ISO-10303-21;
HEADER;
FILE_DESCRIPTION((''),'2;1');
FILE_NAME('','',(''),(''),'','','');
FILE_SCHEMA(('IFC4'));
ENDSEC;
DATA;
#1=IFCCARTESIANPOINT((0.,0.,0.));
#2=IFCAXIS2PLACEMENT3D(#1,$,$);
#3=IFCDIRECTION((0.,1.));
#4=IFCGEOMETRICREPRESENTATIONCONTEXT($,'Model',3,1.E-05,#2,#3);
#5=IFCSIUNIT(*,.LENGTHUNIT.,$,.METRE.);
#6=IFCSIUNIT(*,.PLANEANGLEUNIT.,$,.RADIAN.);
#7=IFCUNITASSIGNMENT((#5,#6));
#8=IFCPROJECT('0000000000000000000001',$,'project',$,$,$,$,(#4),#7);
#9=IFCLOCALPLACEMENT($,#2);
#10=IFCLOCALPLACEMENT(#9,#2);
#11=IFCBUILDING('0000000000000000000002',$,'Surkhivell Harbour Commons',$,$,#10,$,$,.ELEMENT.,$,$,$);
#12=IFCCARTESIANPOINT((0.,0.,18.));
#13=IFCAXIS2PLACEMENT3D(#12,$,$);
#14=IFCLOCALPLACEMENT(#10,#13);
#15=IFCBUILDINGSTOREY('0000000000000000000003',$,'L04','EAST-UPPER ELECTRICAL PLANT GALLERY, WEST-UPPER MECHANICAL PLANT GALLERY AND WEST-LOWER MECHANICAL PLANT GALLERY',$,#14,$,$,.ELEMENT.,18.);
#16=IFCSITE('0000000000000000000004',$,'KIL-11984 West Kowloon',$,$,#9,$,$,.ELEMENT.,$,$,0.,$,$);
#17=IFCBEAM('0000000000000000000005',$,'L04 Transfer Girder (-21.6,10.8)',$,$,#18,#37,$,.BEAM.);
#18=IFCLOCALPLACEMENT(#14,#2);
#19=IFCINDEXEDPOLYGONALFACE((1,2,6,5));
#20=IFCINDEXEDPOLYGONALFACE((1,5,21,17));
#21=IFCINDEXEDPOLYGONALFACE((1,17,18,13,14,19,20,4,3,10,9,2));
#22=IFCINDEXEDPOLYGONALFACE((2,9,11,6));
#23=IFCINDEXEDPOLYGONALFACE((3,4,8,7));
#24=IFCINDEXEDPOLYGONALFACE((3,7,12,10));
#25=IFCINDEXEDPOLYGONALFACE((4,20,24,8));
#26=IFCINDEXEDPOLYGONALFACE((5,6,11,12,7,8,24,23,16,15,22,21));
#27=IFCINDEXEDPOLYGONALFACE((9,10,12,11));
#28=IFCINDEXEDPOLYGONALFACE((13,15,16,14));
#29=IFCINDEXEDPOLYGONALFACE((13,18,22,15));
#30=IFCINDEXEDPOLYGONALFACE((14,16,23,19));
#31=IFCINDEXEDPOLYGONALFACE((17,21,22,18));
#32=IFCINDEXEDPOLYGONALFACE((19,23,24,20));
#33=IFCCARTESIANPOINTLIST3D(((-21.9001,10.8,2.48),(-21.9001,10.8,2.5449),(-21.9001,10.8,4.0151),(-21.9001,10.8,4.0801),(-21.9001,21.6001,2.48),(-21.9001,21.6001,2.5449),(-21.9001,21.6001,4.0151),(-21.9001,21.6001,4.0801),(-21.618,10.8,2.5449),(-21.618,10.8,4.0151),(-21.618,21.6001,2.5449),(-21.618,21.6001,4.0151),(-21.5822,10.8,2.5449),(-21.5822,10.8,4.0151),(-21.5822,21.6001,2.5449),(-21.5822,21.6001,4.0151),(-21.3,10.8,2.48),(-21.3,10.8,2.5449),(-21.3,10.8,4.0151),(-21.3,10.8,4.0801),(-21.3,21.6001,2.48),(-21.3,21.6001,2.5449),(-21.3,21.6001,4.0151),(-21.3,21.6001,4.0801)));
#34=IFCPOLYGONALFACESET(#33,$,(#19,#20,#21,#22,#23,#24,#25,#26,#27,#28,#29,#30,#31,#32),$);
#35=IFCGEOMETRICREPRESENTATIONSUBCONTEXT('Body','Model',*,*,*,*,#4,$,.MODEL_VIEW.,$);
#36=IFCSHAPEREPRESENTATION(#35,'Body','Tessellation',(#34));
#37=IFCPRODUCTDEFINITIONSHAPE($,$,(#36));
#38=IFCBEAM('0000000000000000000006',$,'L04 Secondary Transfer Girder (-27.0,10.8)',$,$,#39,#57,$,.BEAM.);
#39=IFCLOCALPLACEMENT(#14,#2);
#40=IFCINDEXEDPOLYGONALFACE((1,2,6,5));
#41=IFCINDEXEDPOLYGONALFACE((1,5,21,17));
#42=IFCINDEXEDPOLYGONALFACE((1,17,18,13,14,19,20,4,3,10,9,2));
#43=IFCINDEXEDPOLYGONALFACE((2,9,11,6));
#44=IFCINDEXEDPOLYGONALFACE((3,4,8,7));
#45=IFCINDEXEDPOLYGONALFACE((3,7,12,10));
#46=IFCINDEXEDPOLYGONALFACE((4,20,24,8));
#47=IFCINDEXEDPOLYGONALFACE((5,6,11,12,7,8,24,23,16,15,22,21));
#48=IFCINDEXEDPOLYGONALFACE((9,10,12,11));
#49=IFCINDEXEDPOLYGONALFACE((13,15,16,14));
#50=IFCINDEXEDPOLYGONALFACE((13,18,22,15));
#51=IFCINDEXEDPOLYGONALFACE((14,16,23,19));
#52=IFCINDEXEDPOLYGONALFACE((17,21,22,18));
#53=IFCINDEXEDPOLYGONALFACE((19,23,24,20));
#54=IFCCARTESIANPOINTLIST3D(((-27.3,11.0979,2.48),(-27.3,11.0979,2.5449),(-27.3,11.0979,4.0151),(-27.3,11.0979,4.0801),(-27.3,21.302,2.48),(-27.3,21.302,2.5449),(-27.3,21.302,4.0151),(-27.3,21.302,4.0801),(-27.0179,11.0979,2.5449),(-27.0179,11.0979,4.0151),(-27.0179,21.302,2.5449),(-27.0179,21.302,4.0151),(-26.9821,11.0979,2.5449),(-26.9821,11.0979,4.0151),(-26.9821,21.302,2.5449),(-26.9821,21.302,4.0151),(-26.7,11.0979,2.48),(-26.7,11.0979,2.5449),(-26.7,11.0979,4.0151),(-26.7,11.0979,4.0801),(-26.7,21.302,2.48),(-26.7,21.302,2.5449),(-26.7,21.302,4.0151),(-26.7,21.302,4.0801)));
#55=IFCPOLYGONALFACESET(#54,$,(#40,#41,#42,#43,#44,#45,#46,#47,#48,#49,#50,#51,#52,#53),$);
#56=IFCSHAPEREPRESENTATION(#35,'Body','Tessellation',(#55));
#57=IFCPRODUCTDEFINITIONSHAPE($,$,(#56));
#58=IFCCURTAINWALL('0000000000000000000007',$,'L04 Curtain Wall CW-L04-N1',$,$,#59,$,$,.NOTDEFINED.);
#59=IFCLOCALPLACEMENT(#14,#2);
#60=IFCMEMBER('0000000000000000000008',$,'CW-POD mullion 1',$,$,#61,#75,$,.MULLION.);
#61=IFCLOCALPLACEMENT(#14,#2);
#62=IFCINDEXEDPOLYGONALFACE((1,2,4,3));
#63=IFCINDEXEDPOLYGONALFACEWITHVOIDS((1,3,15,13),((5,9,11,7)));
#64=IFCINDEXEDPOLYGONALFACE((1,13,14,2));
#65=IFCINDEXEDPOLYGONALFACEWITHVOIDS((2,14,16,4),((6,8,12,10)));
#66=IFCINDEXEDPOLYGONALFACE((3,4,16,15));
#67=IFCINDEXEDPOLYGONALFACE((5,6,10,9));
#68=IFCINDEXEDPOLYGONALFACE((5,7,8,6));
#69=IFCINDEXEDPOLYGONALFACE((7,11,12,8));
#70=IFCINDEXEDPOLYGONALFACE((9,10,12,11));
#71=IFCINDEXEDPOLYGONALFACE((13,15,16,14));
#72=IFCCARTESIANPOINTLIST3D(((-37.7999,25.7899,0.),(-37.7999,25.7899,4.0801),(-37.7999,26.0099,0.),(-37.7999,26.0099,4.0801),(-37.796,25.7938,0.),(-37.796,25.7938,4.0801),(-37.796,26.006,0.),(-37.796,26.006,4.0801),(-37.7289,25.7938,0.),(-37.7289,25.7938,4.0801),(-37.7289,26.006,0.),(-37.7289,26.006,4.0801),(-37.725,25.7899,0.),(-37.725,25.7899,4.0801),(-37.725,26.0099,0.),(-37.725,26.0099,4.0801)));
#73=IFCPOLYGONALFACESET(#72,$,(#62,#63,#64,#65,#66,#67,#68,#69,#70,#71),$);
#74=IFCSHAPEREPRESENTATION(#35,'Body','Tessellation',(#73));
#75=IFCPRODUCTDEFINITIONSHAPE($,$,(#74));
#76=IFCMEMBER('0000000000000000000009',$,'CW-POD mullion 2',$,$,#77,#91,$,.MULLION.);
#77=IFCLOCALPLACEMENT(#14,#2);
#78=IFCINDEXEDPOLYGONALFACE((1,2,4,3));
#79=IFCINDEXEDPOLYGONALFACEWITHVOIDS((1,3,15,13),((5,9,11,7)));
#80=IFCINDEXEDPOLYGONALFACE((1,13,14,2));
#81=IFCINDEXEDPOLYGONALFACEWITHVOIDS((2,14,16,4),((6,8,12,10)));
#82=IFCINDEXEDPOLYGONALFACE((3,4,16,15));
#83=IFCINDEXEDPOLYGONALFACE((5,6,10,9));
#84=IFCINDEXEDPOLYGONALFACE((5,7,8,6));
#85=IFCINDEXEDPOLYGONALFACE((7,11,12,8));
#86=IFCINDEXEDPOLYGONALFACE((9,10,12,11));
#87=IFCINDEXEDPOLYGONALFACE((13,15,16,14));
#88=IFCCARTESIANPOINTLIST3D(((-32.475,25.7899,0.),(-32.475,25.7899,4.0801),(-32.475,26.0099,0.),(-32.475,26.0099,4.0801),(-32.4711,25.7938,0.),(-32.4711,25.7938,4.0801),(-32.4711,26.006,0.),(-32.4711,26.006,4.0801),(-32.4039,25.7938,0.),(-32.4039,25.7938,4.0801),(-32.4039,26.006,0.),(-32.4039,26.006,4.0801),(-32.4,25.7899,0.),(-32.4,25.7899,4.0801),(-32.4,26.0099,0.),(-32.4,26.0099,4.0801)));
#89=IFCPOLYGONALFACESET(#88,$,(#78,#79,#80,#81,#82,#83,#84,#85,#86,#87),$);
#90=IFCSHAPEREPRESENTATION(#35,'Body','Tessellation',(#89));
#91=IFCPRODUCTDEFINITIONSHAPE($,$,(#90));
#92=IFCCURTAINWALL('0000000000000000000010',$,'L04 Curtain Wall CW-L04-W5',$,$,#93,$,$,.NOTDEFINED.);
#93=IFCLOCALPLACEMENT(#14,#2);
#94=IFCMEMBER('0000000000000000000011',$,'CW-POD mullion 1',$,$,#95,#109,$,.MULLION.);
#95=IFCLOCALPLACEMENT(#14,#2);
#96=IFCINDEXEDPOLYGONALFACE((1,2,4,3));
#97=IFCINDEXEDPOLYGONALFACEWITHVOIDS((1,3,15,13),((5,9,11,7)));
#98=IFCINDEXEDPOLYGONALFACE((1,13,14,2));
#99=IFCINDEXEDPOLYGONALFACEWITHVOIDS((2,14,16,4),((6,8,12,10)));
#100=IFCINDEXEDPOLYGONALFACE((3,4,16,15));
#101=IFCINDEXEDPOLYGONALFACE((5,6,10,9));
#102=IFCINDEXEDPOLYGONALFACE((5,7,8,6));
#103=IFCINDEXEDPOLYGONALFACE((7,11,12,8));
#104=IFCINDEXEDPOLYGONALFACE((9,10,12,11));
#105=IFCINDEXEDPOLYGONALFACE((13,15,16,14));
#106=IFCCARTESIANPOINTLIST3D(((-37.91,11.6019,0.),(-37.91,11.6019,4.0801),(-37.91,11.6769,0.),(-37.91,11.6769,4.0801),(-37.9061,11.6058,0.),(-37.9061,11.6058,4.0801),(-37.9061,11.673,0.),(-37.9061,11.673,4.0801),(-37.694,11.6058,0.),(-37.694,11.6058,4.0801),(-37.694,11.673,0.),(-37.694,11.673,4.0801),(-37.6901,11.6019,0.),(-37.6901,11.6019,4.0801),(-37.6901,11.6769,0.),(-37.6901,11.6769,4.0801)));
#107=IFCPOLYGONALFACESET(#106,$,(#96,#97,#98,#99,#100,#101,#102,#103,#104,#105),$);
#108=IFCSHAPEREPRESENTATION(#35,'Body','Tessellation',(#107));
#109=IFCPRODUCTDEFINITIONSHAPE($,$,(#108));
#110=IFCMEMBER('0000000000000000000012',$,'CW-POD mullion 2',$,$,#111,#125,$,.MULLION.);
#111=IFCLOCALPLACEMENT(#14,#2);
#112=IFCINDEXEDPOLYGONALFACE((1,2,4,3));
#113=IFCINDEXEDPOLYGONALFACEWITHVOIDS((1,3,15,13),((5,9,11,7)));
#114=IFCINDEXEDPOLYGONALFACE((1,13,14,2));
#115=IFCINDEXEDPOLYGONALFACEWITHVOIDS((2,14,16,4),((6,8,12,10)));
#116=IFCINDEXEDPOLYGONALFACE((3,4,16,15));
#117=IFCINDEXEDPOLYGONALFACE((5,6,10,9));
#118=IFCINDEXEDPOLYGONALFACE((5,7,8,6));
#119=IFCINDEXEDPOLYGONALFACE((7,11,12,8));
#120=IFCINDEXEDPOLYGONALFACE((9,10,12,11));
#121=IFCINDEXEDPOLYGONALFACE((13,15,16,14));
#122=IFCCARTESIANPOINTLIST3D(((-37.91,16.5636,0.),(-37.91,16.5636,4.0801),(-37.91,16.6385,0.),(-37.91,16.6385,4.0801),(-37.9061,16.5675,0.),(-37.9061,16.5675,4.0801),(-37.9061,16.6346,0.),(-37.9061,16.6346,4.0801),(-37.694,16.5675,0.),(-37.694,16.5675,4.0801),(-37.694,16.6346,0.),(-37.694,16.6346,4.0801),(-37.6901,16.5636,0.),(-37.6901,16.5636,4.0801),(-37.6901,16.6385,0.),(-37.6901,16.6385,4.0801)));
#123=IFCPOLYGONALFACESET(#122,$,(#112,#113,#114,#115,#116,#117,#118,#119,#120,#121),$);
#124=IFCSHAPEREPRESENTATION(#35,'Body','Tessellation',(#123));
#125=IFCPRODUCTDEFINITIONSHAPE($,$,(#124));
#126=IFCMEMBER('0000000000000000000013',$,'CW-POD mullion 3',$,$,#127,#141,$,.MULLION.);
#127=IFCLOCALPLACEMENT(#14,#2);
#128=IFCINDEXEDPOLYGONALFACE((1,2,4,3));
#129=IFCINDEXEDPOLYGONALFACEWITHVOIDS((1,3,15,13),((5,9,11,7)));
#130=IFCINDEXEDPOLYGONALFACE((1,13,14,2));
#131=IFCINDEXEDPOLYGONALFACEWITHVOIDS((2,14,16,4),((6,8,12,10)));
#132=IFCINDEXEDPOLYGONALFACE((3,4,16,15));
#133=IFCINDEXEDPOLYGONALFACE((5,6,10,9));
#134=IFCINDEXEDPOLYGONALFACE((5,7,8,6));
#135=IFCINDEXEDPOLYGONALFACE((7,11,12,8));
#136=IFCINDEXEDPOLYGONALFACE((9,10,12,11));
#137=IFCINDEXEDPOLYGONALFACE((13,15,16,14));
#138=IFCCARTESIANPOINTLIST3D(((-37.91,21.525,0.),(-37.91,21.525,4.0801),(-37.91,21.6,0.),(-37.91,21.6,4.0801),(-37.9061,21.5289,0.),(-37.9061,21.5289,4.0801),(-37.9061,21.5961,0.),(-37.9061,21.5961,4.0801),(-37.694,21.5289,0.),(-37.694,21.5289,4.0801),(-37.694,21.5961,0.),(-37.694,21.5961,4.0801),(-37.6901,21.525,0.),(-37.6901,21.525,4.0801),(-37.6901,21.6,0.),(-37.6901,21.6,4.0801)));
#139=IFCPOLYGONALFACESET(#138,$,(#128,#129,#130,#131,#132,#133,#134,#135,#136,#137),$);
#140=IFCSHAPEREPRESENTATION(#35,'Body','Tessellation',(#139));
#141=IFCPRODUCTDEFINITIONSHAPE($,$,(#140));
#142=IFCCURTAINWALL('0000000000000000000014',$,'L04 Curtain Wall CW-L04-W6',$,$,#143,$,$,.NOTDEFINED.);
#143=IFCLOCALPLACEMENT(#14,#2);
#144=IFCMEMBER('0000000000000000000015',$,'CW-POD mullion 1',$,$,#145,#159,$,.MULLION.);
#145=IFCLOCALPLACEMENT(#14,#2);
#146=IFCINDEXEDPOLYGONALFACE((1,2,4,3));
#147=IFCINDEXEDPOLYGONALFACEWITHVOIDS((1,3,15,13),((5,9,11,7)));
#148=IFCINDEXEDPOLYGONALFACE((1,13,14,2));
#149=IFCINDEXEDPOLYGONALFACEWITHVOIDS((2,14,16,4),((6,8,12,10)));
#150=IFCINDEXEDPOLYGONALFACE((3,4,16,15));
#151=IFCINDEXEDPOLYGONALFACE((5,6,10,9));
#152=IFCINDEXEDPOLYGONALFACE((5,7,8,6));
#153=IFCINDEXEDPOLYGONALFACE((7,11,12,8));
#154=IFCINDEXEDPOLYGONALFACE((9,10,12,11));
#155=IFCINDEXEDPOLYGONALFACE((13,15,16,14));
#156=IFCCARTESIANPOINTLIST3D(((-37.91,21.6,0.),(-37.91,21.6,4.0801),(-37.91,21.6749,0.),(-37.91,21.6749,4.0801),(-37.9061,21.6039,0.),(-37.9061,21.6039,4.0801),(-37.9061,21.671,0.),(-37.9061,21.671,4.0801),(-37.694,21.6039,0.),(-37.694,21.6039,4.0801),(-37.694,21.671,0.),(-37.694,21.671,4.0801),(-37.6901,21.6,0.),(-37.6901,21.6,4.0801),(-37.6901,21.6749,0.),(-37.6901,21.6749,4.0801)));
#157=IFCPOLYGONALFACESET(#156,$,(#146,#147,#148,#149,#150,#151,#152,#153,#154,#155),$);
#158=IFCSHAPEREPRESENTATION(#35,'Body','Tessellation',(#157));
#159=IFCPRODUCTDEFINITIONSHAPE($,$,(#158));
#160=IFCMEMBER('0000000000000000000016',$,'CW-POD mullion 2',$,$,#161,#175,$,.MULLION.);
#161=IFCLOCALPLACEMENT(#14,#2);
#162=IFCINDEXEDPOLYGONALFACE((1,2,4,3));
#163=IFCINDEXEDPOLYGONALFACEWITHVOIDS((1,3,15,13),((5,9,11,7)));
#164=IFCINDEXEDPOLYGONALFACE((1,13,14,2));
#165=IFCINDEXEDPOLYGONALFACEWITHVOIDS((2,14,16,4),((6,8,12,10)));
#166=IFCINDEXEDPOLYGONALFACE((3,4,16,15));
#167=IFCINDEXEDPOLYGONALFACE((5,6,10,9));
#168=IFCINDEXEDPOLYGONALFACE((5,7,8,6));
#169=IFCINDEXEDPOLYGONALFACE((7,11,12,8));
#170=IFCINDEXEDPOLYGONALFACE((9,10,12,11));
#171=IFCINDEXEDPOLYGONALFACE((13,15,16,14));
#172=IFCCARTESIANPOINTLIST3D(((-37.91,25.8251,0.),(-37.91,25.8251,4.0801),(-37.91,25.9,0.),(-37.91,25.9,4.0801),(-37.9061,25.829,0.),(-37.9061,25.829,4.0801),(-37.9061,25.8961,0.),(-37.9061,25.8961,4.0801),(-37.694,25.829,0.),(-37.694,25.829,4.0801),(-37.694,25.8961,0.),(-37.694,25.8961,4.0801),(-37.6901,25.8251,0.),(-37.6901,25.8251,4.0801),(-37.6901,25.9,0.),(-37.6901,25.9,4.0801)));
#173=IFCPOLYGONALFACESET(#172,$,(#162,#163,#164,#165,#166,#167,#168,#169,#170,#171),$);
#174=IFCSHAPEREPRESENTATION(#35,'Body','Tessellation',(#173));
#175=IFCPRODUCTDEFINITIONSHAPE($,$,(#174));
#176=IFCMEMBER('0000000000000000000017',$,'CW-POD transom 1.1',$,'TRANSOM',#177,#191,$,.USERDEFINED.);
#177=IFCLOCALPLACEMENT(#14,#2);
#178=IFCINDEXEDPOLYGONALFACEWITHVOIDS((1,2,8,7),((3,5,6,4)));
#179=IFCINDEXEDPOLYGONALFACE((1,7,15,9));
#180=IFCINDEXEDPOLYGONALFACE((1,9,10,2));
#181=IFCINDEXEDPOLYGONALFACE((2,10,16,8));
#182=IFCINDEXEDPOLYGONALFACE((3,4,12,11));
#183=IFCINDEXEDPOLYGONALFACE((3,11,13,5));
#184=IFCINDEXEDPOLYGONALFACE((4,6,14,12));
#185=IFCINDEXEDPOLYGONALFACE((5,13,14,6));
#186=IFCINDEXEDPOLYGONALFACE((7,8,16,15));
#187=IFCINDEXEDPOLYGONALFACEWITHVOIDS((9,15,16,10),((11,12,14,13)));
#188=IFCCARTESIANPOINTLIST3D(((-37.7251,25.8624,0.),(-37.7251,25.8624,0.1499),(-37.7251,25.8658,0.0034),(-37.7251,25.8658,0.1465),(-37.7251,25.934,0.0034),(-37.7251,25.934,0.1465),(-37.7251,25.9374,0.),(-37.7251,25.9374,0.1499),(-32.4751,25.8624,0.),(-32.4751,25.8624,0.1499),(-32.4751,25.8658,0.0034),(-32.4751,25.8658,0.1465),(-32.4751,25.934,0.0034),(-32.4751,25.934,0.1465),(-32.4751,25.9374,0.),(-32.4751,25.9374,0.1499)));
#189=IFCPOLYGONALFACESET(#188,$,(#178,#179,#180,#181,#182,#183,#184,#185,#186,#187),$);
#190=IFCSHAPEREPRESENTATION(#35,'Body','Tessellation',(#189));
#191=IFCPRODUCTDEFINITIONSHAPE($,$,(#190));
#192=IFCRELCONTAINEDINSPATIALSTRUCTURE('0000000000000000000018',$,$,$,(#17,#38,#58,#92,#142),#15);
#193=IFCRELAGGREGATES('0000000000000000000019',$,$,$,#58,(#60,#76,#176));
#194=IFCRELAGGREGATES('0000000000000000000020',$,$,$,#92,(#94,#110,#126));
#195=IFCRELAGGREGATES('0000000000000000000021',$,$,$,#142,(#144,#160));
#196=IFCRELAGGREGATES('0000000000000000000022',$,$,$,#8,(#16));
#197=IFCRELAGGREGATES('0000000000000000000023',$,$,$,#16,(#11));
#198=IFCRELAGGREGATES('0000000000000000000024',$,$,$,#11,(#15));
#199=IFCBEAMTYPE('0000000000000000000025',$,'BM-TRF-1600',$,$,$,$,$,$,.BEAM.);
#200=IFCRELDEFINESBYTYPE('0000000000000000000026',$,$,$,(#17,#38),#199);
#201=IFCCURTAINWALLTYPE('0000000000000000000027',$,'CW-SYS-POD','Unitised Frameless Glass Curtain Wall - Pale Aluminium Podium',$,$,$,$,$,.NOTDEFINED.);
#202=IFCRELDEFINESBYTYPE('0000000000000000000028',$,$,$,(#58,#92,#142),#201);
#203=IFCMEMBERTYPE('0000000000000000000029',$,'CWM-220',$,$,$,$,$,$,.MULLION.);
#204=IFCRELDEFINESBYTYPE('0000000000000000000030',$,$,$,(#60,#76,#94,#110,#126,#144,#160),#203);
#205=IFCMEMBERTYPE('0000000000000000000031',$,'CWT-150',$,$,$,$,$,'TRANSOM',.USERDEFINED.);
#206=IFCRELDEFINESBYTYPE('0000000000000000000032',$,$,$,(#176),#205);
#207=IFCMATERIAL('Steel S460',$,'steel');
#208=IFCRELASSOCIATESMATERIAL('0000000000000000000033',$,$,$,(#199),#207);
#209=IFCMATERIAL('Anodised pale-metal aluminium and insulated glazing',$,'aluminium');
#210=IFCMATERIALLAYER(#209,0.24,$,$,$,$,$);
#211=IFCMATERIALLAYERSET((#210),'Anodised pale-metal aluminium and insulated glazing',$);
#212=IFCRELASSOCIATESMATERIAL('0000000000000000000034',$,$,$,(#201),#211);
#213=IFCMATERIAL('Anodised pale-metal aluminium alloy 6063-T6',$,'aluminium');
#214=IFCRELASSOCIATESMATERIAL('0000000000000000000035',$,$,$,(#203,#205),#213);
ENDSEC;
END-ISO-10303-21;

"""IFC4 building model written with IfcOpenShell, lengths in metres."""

from ifc_helpers import new_model, si_unit, direction, frame, origin, origin_2d, place, context, subcontext, project, spatial, hollow_rectangle, i_section, extrude, material, layer, layer_set, material_profile, profile_set, type_object, element, aggregate, save


model = new_model("IFC4")

# Units and contexts
model_context = context("Model", 3, precision=1e-05, world=origin(), true_north=direction((0.0, 1.0)))
body_context = subcontext(model_context, "Body", "Model", "MODEL_VIEW")
ifc_project = project(units=[si_unit("LENGTHUNIT", "METRE"), si_unit("PLANEANGLEUNIT", "RADIAN")], contexts=[model_context])

# Site, building, storey
site_placement = place(None, origin())
site = spatial("IfcSite", under=ifc_project, at=site_placement, Name="KIL-11984 West Kowloon", CompositionType="ELEMENT", RefElevation=0.0)
building_placement = place(site_placement, origin())
building = spatial("IfcBuilding", under=site, at=building_placement, Name="Surkhivell Harbour Commons", CompositionType="ELEMENT")
storey_placement = place(building_placement, frame((0.0, 0.0, 18.0)))
storey = spatial("IfcBuildingStorey", under=building, at=storey_placement, Name="L04", Description="EAST-UPPER ELECTRICAL PLANT GALLERY, WEST-UPPER MECHANICAL PLANT GALLERY AND WEST-LOWER MECHANICAL PLANT GALLERY", CompositionType="ELEMENT", Elevation=18.0)

# Beams
ifc_material_1 = material(Name="Steel S460", Category="steel")
ifc_material_profile_1 = material_profile(ifc_material_1, i_section(OverallWidth=0.6001, OverallDepth=1.6001, WebThickness=0.0359, FlangeThickness=0.0649, at=origin_2d()), Name="WPG1600x600x296")
ifc_profile_set_1 = profile_set([ifc_material_profile_1], Name="Steel S460")
beam_type = type_object("IfcBeamType", Name="BM-TRF-1600", PredefinedType="BEAM", material=ifc_profile_set_1)
beam_1_placement = place(storey_placement, frame((-21.6001, 10.8, 3.28), z_axis=(0.0, 1.0, 0.0), x_axis=(-1.0, 0.0, 0.0)))
element("IfcBeam", 1, at=beam_1_placement, inside=storey, type_object=beam_type, Name="L04 Transfer Girder (-21.6,10.8)", PredefinedType="BEAM", context=body_context, shape_type="SweptSolid", body=[
    extrude(i_section(OverallWidth=0.6001, OverallDepth=1.6001, WebThickness=0.0359, FlangeThickness=0.0649, at=origin_2d()), origin(), (0.0, 0.0, 1.0), 10.8),
])
beam_2_placement = place(storey_placement, frame((-27.0, 11.0979, 3.28), z_axis=(0.0, 1.0, 0.0), x_axis=(-1.0, 0.0, 0.0)))
element("IfcBeam", 2, at=beam_2_placement, inside=storey, type_object=beam_type, Name="L04 Secondary Transfer Girder (-27.0,10.8)", PredefinedType="BEAM", context=body_context, shape_type="SweptSolid", body=[
    extrude(i_section(OverallWidth=0.6001, OverallDepth=1.6001, WebThickness=0.0359, FlangeThickness=0.0649, at=origin_2d()), origin(), (0.0, 0.0, 1.0), 10.2041),
])

# Curtain walls, members
ifc_material_2 = material(Name="Anodised pale-metal aluminium and insulated glazing", Category="aluminium")
ifc_layer_1 = layer(ifc_material_2, 0.24)
ifc_layer_set_1 = layer_set([ifc_layer_1], Name="Anodised pale-metal aluminium and insulated glazing")
curtain_wall_type = type_object("IfcCurtainWallType", Name="CW-SYS-POD", Description="Unitised Frameless Glass Curtain Wall - Pale Aluminium Podium", PredefinedType="NOTDEFINED", material=ifc_layer_set_1)
curtain_wall_1_placement = place(storey_placement, origin())
curtain_wall_1 = element("IfcCurtainWall", 3, at=curtain_wall_1_placement, inside=storey, type_object=curtain_wall_type, Name="L04 Curtain Wall CW-L04-N1", PredefinedType="NOTDEFINED")
ifc_material_3 = material(Name="Anodised pale-metal aluminium alloy 6063-T6", Category="aluminium")
ifc_material_profile_2 = material_profile(ifc_material_3, hollow_rectangle(XDim=0.075, YDim=0.22, WallThickness=0.0039, at=origin_2d()), Name="ALU-MULL-75x220")
ifc_profile_set_2 = profile_set([ifc_material_profile_2], Name="Anodised pale-metal aluminium alloy 6063-T6")
member_type_1 = type_object("IfcMemberType", Name="CWM-220", PredefinedType="MULLION", material=ifc_profile_set_2)
member_1_placement = place(storey_placement, frame((-37.7625, 25.8999, 0.0), z_axis=(0.0, 0.0, 1.0), x_axis=(1.0, 0.0, 0.0)))
member_1 = element("IfcMember", 4, at=member_1_placement, type_object=member_type_1, Name="CW-POD mullion 1", PredefinedType="MULLION", context=body_context, shape_type="SweptSolid", body=[
    extrude(hollow_rectangle(XDim=0.075, YDim=0.22, WallThickness=0.0039, at=origin_2d()), origin(), (0.0, 0.0, 1.0), 4.0801),
])
member_2_placement = place(storey_placement, frame((-32.4375, 25.8999, 0.0), z_axis=(0.0, 0.0, 1.0), x_axis=(1.0, 0.0, 0.0)))
member_2 = element("IfcMember", 5, at=member_2_placement, type_object=member_type_1, Name="CW-POD mullion 2", PredefinedType="MULLION", context=body_context, shape_type="SweptSolid", body=[
    extrude(hollow_rectangle(XDim=0.075, YDim=0.22, WallThickness=0.0039, at=origin_2d()), origin(), (0.0, 0.0, 1.0), 4.0801),
])
curtain_wall_2_placement = place(storey_placement, origin())
curtain_wall_2 = element("IfcCurtainWall", 6, at=curtain_wall_2_placement, inside=storey, type_object=curtain_wall_type, Name="L04 Curtain Wall CW-L04-W5", PredefinedType="NOTDEFINED")
member_3_placement = place(storey_placement, frame((-37.8, 11.6394, 0.0), z_axis=(0.0, 0.0, 1.0), x_axis=(0.0, 1.0, 0.0)))
member_3 = element("IfcMember", 7, at=member_3_placement, type_object=member_type_1, Name="CW-POD mullion 1", PredefinedType="MULLION", context=body_context, shape_type="SweptSolid", body=[
    extrude(hollow_rectangle(XDim=0.075, YDim=0.22, WallThickness=0.0039, at=origin_2d()), origin(), (0.0, 0.0, 1.0), 4.0801),
])
member_4_placement = place(storey_placement, frame((-37.8, 16.6011, 0.0), z_axis=(0.0, 0.0, 1.0), x_axis=(0.0, 1.0, 0.0)))
member_4 = element("IfcMember", 8, at=member_4_placement, type_object=member_type_1, Name="CW-POD mullion 2", PredefinedType="MULLION", context=body_context, shape_type="SweptSolid", body=[
    extrude(hollow_rectangle(XDim=0.075, YDim=0.22, WallThickness=0.0039, at=origin_2d()), origin(), (0.0, 0.0, 1.0), 4.0801),
])
member_5_placement = place(storey_placement, frame((-37.8, 21.5625, 0.0), z_axis=(0.0, 0.0, 1.0), x_axis=(0.0, 1.0, 0.0)))
member_5 = element("IfcMember", 9, at=member_5_placement, type_object=member_type_1, Name="CW-POD mullion 3", PredefinedType="MULLION", context=body_context, shape_type="SweptSolid", body=[
    extrude(hollow_rectangle(XDim=0.075, YDim=0.22, WallThickness=0.0039, at=origin_2d()), origin(), (0.0, 0.0, 1.0), 4.0801),
])
curtain_wall_3_placement = place(storey_placement, origin())
curtain_wall_3 = element("IfcCurtainWall", 10, at=curtain_wall_3_placement, inside=storey, type_object=curtain_wall_type, Name="L04 Curtain Wall CW-L04-W6", PredefinedType="NOTDEFINED")
member_6_placement = place(storey_placement, frame((-37.8, 21.6375, 0.0), z_axis=(0.0, 0.0, 1.0), x_axis=(0.0, 1.0, 0.0)))
member_6 = element("IfcMember", 11, at=member_6_placement, type_object=member_type_1, Name="CW-POD mullion 1", PredefinedType="MULLION", context=body_context, shape_type="SweptSolid", body=[
    extrude(hollow_rectangle(XDim=0.075, YDim=0.22, WallThickness=0.0039, at=origin_2d()), origin(), (0.0, 0.0, 1.0), 4.0801),
])
member_7_placement = place(storey_placement, frame((-37.8, 25.8625, 0.0), z_axis=(0.0, 0.0, 1.0), x_axis=(0.0, 1.0, 0.0)))
member_7 = element("IfcMember", 12, at=member_7_placement, type_object=member_type_1, Name="CW-POD mullion 2", PredefinedType="MULLION", context=body_context, shape_type="SweptSolid", body=[
    extrude(hollow_rectangle(XDim=0.075, YDim=0.22, WallThickness=0.0039, at=origin_2d()), origin(), (0.0, 0.0, 1.0), 4.0801),
])

# Member
ifc_material_profile_3 = material_profile(ifc_material_3, hollow_rectangle(XDim=0.075, YDim=0.1499, WallThickness=0.0034, at=origin_2d()), Name="ALU-TRAN-75x150")
ifc_profile_set_3 = profile_set([ifc_material_profile_3], Name="Anodised pale-metal aluminium alloy 6063-T6")
member_type_2 = type_object("IfcMemberType", Name="CWT-150", ElementType="TRANSOM", PredefinedType="USERDEFINED", material=ifc_profile_set_3)
member_8_placement = place(storey_placement, frame((-37.7251, 25.8999, 0.075), z_axis=(1.0, 0.0, 0.0), x_axis=(0.0, 1.0, 0.0)))
member_8 = element("IfcMember", 13, at=member_8_placement, type_object=member_type_2, Name="CW-POD transom 1.1", ObjectType="TRANSOM", PredefinedType="USERDEFINED", context=body_context, shape_type="SweptSolid", body=[
    extrude(hollow_rectangle(XDim=0.075, YDim=0.1499, WallThickness=0.0034, at=origin_2d()), origin(), (0.0, 0.0, 1.0), 5.25),
])

aggregate(curtain_wall_1, [member_1, member_2, member_8])
aggregate(curtain_wall_2, [member_3, member_4, member_5])
aggregate(curtain_wall_3, [member_6, member_7])

save(model, "model.ifc")
